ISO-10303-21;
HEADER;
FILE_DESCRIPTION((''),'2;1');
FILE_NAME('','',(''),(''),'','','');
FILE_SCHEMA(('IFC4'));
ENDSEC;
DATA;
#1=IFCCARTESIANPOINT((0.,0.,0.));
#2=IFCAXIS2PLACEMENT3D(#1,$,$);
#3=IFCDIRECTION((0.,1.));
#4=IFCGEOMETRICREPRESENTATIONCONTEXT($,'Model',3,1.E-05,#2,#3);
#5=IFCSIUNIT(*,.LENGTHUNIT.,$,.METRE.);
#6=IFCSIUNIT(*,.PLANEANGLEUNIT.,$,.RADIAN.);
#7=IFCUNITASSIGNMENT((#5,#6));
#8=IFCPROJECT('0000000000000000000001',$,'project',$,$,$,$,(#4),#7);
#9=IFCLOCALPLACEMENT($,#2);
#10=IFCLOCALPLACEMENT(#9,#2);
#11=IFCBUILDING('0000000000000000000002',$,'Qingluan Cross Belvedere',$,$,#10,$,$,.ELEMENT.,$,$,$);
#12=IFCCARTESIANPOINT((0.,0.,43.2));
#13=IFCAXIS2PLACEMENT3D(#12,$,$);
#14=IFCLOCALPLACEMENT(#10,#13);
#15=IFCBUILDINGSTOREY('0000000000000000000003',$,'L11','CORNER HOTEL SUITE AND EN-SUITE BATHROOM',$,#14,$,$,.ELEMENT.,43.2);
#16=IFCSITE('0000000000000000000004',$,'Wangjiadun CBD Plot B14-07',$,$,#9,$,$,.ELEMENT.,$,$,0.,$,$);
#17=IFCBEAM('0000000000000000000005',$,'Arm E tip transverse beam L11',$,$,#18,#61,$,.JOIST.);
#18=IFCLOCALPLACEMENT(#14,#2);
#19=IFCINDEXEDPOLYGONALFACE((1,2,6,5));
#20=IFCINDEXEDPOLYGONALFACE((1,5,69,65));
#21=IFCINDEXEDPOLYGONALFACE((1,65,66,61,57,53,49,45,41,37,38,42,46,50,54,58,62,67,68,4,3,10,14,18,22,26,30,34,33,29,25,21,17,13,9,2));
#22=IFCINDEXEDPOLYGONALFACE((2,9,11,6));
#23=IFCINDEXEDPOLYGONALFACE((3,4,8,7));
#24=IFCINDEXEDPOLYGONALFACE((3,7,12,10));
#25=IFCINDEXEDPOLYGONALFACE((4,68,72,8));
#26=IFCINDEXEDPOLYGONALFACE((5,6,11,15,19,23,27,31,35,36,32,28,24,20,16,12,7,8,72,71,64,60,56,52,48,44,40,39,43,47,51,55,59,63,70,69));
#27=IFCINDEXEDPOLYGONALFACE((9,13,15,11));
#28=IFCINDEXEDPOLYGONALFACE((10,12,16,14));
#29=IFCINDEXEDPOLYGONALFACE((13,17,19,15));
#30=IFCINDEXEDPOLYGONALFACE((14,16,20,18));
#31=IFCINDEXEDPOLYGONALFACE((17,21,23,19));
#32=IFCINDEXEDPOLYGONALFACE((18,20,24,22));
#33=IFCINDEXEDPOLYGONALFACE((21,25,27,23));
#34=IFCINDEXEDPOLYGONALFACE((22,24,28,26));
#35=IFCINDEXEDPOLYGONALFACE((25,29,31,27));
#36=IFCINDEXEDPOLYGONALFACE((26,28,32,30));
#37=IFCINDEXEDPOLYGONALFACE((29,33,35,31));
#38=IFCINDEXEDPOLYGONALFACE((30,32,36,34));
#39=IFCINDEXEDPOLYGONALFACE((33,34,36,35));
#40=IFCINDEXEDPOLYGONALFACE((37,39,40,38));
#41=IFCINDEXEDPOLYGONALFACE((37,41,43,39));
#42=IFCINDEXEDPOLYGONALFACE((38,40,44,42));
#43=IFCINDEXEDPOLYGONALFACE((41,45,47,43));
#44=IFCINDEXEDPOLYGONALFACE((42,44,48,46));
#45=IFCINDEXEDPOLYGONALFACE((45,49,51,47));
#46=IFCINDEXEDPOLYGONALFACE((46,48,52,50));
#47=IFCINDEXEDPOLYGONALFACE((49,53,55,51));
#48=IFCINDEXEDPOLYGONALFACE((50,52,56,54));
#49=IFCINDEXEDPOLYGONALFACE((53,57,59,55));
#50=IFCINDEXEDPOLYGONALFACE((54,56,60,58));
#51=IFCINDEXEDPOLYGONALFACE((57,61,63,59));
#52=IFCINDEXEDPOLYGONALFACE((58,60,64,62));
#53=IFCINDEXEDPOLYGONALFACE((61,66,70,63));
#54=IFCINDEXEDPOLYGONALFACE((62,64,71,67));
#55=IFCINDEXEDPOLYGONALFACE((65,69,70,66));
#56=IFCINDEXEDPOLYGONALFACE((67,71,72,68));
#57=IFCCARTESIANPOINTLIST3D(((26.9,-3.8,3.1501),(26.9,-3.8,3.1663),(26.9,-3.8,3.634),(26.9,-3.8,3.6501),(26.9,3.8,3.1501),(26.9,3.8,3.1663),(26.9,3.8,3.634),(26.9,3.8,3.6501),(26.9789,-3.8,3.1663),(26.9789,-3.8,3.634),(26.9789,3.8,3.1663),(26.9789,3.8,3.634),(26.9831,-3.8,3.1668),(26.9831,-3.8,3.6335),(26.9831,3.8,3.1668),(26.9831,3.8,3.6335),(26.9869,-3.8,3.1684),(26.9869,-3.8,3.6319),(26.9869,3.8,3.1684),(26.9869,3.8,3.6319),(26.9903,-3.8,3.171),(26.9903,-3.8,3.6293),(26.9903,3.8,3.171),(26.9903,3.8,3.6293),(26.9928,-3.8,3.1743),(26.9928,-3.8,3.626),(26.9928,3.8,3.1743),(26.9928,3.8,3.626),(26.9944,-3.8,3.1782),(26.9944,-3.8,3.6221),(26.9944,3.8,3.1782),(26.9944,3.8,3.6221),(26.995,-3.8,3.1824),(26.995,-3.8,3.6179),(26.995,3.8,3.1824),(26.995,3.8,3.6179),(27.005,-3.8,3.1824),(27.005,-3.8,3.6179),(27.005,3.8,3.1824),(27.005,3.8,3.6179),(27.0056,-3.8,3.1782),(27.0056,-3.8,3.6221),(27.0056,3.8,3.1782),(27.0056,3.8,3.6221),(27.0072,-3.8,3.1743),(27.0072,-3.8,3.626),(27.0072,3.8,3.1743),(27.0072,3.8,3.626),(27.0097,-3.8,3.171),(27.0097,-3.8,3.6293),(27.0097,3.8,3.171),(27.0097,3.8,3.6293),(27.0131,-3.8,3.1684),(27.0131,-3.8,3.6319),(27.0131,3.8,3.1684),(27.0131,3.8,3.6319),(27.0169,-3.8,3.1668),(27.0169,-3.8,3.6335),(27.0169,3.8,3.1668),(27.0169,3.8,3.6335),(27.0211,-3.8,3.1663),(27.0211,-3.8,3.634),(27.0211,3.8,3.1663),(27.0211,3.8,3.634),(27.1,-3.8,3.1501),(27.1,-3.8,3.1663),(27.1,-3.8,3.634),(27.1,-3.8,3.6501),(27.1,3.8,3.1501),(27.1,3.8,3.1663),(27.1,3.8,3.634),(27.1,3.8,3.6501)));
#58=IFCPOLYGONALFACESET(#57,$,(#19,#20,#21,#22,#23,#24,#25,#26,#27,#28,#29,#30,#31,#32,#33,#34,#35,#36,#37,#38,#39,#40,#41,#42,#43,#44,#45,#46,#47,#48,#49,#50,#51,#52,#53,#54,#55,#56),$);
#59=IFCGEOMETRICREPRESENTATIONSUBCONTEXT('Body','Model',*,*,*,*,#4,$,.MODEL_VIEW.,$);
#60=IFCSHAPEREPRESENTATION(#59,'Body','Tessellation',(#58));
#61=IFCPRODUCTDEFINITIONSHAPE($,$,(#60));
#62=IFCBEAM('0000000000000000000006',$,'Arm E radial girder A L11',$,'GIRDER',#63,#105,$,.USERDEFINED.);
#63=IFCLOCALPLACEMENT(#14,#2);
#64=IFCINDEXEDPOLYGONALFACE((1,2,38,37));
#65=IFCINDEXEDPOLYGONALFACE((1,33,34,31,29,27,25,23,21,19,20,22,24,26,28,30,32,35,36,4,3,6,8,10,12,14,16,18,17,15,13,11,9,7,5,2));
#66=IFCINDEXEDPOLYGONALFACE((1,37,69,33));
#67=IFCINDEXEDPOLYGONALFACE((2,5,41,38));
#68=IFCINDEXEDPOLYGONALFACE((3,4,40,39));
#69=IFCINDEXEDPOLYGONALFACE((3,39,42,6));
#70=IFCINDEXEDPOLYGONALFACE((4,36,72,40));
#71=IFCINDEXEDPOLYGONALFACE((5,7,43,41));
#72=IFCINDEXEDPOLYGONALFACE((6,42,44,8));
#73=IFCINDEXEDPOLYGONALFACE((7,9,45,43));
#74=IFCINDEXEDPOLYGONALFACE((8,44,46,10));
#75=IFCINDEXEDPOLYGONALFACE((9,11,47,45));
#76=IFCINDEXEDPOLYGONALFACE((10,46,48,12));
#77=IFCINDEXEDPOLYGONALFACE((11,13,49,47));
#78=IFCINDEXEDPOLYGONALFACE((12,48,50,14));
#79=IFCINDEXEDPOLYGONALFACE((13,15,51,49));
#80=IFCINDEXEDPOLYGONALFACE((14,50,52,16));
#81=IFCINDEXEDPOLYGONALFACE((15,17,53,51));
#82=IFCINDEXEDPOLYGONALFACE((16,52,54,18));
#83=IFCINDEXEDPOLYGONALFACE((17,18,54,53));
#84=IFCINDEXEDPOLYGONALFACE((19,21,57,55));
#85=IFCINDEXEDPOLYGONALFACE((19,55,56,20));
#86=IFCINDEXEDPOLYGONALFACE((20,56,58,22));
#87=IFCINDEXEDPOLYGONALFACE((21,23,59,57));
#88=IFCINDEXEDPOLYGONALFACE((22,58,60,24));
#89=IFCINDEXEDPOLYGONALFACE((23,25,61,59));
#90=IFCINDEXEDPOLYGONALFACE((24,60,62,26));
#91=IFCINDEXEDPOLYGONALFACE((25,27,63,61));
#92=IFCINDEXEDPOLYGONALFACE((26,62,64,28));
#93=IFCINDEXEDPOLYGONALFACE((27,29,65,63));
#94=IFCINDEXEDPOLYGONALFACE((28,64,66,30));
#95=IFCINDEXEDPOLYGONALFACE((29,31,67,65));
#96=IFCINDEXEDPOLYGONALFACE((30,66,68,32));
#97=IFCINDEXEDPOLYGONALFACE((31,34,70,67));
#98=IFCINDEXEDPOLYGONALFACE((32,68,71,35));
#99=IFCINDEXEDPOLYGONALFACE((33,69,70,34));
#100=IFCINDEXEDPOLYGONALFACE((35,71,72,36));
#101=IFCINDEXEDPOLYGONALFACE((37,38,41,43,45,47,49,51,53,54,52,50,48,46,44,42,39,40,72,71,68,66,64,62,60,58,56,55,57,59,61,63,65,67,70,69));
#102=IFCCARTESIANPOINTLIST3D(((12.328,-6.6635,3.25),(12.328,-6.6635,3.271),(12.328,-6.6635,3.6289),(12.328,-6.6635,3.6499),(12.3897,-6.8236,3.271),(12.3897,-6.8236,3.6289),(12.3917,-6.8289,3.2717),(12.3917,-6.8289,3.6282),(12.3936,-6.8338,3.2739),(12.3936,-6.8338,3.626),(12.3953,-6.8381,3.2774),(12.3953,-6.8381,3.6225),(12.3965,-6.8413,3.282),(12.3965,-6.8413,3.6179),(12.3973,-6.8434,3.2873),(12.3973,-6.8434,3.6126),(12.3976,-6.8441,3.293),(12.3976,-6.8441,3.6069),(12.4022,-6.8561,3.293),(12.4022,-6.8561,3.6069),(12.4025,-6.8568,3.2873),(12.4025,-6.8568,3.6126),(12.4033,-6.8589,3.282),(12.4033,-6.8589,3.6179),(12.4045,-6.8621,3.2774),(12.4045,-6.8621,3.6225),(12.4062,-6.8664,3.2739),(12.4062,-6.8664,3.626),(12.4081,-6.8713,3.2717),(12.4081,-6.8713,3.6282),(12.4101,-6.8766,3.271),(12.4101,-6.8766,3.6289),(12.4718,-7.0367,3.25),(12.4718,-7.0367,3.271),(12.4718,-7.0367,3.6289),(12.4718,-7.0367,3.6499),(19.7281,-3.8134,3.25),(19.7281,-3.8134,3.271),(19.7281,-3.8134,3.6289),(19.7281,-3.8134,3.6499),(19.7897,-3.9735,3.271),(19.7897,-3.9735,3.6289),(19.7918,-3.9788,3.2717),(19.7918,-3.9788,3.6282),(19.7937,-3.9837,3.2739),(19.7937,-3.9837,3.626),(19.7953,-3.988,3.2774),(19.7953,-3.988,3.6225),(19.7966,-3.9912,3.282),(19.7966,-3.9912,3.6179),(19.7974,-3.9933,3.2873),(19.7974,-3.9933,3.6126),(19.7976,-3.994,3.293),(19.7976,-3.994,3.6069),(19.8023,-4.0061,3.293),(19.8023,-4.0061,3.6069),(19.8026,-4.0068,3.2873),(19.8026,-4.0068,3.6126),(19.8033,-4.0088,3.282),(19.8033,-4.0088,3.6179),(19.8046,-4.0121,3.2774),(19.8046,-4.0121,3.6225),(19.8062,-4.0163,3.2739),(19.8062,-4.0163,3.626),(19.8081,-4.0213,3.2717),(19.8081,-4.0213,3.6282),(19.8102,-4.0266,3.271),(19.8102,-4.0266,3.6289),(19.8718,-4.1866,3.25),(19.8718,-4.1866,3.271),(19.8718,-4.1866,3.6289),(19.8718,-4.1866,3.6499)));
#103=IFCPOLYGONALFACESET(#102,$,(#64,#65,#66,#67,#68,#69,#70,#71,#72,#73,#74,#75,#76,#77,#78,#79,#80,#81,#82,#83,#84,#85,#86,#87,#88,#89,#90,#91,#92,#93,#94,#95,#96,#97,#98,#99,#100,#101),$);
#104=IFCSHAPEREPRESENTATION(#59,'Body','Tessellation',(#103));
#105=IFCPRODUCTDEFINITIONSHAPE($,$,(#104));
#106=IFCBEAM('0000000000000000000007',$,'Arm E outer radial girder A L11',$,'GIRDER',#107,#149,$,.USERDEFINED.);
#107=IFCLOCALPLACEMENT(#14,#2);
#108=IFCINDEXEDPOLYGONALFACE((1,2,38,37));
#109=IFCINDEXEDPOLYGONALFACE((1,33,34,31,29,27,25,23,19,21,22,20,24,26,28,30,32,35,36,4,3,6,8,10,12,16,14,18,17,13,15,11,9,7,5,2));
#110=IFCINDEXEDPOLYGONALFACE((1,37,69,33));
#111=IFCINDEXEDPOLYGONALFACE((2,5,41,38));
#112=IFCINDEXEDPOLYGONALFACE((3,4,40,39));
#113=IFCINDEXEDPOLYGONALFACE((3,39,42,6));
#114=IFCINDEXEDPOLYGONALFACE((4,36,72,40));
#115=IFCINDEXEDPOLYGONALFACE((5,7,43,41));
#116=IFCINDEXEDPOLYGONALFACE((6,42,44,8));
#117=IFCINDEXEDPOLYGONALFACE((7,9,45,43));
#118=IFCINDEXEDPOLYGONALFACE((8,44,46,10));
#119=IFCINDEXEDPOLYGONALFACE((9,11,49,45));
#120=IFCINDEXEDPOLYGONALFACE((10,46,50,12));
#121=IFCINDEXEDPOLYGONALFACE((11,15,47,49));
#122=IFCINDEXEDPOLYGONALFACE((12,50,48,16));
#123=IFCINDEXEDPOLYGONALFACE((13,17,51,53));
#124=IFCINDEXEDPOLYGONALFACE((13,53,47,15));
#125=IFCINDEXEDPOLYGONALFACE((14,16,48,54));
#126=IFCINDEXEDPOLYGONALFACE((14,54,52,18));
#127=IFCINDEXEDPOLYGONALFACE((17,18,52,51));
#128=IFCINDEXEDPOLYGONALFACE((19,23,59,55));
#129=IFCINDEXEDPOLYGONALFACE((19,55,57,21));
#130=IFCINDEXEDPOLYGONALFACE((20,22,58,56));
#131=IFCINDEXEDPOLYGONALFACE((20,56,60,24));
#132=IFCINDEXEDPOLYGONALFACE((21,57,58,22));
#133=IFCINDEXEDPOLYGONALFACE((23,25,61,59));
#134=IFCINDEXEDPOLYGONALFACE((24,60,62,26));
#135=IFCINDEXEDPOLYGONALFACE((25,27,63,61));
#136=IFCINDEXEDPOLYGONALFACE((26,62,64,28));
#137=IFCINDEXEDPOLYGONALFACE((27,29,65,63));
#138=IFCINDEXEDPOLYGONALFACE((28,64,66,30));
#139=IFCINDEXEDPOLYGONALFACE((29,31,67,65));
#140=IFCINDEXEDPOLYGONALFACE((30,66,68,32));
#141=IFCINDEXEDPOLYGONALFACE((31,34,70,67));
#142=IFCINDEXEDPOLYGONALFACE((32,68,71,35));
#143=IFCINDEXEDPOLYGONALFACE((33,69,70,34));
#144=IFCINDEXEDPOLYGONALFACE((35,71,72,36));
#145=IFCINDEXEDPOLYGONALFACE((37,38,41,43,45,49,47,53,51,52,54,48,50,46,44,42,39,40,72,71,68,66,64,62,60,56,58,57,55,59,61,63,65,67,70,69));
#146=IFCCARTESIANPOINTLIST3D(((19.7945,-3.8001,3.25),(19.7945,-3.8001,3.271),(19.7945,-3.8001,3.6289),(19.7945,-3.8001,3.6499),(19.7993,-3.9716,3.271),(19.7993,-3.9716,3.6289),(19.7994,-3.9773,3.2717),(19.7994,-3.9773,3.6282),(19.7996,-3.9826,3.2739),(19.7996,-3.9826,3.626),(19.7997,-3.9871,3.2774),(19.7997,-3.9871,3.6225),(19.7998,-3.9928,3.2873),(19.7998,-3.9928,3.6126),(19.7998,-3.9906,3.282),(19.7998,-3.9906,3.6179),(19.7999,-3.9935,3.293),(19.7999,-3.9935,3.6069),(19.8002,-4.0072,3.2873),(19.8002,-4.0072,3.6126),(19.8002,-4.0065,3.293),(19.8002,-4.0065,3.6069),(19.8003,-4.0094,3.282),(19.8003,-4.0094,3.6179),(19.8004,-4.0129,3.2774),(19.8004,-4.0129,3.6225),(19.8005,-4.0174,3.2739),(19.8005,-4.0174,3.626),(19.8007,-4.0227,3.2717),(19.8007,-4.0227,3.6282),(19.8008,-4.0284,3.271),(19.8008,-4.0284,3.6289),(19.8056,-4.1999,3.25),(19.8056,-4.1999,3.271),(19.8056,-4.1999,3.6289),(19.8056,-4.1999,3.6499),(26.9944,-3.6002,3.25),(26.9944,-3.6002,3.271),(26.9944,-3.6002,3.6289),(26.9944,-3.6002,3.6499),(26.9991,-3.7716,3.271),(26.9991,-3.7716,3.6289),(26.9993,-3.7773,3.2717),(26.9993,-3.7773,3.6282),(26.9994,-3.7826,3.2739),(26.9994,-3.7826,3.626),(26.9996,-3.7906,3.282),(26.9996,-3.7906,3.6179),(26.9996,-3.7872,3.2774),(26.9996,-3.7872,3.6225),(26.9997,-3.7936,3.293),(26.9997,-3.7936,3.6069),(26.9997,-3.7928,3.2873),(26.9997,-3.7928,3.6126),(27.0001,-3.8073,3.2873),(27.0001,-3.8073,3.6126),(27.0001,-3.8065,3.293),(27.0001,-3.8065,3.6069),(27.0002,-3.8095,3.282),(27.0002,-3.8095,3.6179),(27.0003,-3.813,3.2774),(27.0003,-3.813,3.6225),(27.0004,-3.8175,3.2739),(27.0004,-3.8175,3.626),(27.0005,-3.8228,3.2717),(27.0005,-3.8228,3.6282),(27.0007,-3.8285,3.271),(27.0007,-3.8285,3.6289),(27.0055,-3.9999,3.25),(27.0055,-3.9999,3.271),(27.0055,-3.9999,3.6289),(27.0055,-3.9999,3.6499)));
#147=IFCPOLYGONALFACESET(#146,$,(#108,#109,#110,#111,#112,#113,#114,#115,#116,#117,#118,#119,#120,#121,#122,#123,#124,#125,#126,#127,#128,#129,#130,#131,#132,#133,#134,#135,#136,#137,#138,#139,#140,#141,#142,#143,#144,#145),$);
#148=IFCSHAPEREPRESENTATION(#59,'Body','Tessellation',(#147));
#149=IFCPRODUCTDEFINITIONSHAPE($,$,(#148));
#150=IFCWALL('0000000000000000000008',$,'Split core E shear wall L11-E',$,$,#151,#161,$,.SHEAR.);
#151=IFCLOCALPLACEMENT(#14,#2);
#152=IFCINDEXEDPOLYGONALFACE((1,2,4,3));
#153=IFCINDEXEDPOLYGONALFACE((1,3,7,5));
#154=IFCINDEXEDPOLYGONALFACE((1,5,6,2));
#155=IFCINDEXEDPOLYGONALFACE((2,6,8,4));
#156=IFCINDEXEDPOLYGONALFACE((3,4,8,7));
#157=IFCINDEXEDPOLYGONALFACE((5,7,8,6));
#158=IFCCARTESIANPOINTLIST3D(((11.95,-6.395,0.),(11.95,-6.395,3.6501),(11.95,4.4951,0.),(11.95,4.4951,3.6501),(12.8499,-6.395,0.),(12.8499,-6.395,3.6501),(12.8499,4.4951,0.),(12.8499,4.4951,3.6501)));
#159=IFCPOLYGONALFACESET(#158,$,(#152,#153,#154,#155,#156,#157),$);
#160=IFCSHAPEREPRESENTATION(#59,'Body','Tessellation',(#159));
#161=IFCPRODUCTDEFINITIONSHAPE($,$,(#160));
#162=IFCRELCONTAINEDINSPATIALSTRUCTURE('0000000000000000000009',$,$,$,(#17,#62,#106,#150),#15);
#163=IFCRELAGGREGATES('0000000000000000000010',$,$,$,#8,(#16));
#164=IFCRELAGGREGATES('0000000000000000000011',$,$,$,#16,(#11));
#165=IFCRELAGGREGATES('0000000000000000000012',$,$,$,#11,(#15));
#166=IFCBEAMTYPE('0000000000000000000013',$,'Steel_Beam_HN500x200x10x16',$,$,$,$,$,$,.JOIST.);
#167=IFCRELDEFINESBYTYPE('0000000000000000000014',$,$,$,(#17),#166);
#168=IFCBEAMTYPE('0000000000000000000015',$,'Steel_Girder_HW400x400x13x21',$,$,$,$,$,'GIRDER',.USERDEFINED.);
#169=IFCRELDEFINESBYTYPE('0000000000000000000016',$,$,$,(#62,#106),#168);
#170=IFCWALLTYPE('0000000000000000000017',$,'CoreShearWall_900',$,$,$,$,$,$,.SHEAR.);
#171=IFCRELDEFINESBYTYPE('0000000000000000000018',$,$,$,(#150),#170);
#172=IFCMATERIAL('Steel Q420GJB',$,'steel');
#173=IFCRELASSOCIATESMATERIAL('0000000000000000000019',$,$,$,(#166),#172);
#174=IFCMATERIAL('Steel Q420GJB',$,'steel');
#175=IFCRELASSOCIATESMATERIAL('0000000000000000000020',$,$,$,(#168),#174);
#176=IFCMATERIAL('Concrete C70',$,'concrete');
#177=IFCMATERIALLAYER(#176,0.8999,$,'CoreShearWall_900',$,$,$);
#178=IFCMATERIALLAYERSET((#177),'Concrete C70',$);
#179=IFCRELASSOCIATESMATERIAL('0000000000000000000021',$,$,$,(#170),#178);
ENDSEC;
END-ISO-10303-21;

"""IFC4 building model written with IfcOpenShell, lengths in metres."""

from ifc_helpers import new_model, si_unit, direction, frame, frame_2d, origin, origin_2d, place, context, subcontext, project, spatial, rectangle, i_section, extrude, material, layer, layer_set, material_profile, profile_set, type_object, element, save


model = new_model("IFC4")

# Units and contexts
model_context = context("Model", 3, precision=1e-05, world=origin(), true_north=direction((0.0, 1.0)))
body_context = subcontext(model_context, "Body", "Model", "MODEL_VIEW")
ifc_project = project(units=[si_unit("LENGTHUNIT", "METRE"), si_unit("PLANEANGLEUNIT", "RADIAN")], contexts=[model_context])

# Site, building, storey
site_placement = place(None, origin())
site = spatial("IfcSite", under=ifc_project, at=site_placement, Name="Wangjiadun CBD Plot B14-07", CompositionType="ELEMENT", RefElevation=0.0)
building_placement = place(site_placement, origin())
building = spatial("IfcBuilding", under=site, at=building_placement, Name="Qingluan Cross Belvedere", CompositionType="ELEMENT")
storey_placement = place(building_placement, frame((0.0, 0.0, 43.2)))
storey = spatial("IfcBuildingStorey", under=building, at=storey_placement, Name="L11", Description="CORNER HOTEL SUITE AND EN-SUITE BATHROOM", CompositionType="ELEMENT", Elevation=43.2)

# Beams
ifc_material_1 = material(Name="Steel Q420GJB", Category="steel")
ifc_material_profile_1 = material_profile(ifc_material_1, i_section(OverallWidth=0.2, OverallDepth=0.5, WebThickness=0.01, FlangeThickness=0.0161, FilletRadius=0.0161, at=origin_2d()), Name="HN500x200x10x16")
ifc_profile_set_1 = profile_set([ifc_material_profile_1], Name="Steel Q420GJB")
beam_type_1 = type_object("IfcBeamType", Name="Steel_Beam_HN500x200x10x16", PredefinedType="JOIST", material=ifc_profile_set_1)
beam_1_placement = place(storey_placement, frame((27.0, -3.8, 3.4001), z_axis=(0.0, 1.0, 0.0), x_axis=(-1.0, 0.0, 0.0)))
element("IfcBeam", 1, at=beam_1_placement, inside=storey, type_object=beam_type_1, Name="Arm E tip transverse beam L11", PredefinedType="JOIST", context=body_context, shape_type="SweptSolid", body=[
    extrude(i_section(OverallWidth=0.2, OverallDepth=0.5, WebThickness=0.01, FlangeThickness=0.0161, FilletRadius=0.0161, at=origin_2d()), origin(), (0.0, 0.0, 1.0), 7.6001),
])
ifc_material_2 = material(Name="Steel Q420GJB", Category="steel")
ifc_material_profile_2 = material_profile(ifc_material_2, i_section(OverallWidth=0.3999, OverallDepth=0.3999, WebThickness=0.0129, FlangeThickness=0.021, FilletRadius=0.022, at=origin_2d()), Name="HW400x400x13x21")
ifc_profile_set_2 = profile_set([ifc_material_profile_2], Name="Steel Q420GJB")
beam_type_2 = type_object("IfcBeamType", Name="Steel_Girder_HW400x400x13x21", ElementType="GIRDER", PredefinedType="USERDEFINED", material=ifc_profile_set_2)
beam_2_placement = place(storey_placement, frame((12.3999, -6.8501, 3.45), z_axis=(0.933181, 0.359406, 0.0), x_axis=(-0.359406, 0.933181, 0.0)))
element("IfcBeam", 2, at=beam_2_placement, inside=storey, type_object=beam_type_2, Name="Arm E radial girder A L11", ObjectType="GIRDER", PredefinedType="USERDEFINED", context=body_context, shape_type="SweptSolid", body=[
    extrude(i_section(OverallWidth=0.3999, OverallDepth=0.3999, WebThickness=0.0129, FlangeThickness=0.021, FilletRadius=0.022, at=origin_2d()), origin(), (0.0, 0.0, 1.0), 7.9299),
])
beam_3_placement = place(storey_placement, frame((19.8, -4.0, 3.45), z_axis=(0.999615, 0.02776, 0.0), x_axis=(-0.02776, 0.999615, 0.0)))
element("IfcBeam", 3, at=beam_3_placement, inside=storey, type_object=beam_type_2, Name="Arm E outer radial girder A L11", ObjectType="GIRDER", PredefinedType="USERDEFINED", context=body_context, shape_type="SweptSolid", body=[
    extrude(i_section(OverallWidth=0.3999, OverallDepth=0.3999, WebThickness=0.0129, FlangeThickness=0.021, FilletRadius=0.022, at=origin_2d()), origin(), (0.0, 0.0, 1.0), 7.2026),
])

# Wall
ifc_material_3 = material(Name="Concrete C70", Category="concrete")
ifc_layer_1 = layer(ifc_material_3, 0.8999, Name="CoreShearWall_900")
ifc_layer_set_1 = layer_set([ifc_layer_1], Name="Concrete C70")
wall_type_1 = type_object("IfcWallType", Name="CoreShearWall_900", PredefinedType="SHEAR", material=ifc_layer_set_1)
wall_1_placement = place(storey_placement, frame((12.3999, -6.395, 0.0), z_axis=(0.0, 0.0, 1.0), x_axis=(0.0, 1.0, 0.0)))
element("IfcWall", 4, at=wall_1_placement, inside=storey, type_object=wall_type_1, Name="Split core E shear wall L11-E", PredefinedType="SHEAR", context=body_context, shape_type="SweptSolid", body=[
    extrude(rectangle(XDim=10.8901, YDim=0.8999, at=frame_2d((5.4451, 0.0))), origin(), (0.0, 0.0, 1.0), 3.6501),
])

save(model, "model.ifc")
